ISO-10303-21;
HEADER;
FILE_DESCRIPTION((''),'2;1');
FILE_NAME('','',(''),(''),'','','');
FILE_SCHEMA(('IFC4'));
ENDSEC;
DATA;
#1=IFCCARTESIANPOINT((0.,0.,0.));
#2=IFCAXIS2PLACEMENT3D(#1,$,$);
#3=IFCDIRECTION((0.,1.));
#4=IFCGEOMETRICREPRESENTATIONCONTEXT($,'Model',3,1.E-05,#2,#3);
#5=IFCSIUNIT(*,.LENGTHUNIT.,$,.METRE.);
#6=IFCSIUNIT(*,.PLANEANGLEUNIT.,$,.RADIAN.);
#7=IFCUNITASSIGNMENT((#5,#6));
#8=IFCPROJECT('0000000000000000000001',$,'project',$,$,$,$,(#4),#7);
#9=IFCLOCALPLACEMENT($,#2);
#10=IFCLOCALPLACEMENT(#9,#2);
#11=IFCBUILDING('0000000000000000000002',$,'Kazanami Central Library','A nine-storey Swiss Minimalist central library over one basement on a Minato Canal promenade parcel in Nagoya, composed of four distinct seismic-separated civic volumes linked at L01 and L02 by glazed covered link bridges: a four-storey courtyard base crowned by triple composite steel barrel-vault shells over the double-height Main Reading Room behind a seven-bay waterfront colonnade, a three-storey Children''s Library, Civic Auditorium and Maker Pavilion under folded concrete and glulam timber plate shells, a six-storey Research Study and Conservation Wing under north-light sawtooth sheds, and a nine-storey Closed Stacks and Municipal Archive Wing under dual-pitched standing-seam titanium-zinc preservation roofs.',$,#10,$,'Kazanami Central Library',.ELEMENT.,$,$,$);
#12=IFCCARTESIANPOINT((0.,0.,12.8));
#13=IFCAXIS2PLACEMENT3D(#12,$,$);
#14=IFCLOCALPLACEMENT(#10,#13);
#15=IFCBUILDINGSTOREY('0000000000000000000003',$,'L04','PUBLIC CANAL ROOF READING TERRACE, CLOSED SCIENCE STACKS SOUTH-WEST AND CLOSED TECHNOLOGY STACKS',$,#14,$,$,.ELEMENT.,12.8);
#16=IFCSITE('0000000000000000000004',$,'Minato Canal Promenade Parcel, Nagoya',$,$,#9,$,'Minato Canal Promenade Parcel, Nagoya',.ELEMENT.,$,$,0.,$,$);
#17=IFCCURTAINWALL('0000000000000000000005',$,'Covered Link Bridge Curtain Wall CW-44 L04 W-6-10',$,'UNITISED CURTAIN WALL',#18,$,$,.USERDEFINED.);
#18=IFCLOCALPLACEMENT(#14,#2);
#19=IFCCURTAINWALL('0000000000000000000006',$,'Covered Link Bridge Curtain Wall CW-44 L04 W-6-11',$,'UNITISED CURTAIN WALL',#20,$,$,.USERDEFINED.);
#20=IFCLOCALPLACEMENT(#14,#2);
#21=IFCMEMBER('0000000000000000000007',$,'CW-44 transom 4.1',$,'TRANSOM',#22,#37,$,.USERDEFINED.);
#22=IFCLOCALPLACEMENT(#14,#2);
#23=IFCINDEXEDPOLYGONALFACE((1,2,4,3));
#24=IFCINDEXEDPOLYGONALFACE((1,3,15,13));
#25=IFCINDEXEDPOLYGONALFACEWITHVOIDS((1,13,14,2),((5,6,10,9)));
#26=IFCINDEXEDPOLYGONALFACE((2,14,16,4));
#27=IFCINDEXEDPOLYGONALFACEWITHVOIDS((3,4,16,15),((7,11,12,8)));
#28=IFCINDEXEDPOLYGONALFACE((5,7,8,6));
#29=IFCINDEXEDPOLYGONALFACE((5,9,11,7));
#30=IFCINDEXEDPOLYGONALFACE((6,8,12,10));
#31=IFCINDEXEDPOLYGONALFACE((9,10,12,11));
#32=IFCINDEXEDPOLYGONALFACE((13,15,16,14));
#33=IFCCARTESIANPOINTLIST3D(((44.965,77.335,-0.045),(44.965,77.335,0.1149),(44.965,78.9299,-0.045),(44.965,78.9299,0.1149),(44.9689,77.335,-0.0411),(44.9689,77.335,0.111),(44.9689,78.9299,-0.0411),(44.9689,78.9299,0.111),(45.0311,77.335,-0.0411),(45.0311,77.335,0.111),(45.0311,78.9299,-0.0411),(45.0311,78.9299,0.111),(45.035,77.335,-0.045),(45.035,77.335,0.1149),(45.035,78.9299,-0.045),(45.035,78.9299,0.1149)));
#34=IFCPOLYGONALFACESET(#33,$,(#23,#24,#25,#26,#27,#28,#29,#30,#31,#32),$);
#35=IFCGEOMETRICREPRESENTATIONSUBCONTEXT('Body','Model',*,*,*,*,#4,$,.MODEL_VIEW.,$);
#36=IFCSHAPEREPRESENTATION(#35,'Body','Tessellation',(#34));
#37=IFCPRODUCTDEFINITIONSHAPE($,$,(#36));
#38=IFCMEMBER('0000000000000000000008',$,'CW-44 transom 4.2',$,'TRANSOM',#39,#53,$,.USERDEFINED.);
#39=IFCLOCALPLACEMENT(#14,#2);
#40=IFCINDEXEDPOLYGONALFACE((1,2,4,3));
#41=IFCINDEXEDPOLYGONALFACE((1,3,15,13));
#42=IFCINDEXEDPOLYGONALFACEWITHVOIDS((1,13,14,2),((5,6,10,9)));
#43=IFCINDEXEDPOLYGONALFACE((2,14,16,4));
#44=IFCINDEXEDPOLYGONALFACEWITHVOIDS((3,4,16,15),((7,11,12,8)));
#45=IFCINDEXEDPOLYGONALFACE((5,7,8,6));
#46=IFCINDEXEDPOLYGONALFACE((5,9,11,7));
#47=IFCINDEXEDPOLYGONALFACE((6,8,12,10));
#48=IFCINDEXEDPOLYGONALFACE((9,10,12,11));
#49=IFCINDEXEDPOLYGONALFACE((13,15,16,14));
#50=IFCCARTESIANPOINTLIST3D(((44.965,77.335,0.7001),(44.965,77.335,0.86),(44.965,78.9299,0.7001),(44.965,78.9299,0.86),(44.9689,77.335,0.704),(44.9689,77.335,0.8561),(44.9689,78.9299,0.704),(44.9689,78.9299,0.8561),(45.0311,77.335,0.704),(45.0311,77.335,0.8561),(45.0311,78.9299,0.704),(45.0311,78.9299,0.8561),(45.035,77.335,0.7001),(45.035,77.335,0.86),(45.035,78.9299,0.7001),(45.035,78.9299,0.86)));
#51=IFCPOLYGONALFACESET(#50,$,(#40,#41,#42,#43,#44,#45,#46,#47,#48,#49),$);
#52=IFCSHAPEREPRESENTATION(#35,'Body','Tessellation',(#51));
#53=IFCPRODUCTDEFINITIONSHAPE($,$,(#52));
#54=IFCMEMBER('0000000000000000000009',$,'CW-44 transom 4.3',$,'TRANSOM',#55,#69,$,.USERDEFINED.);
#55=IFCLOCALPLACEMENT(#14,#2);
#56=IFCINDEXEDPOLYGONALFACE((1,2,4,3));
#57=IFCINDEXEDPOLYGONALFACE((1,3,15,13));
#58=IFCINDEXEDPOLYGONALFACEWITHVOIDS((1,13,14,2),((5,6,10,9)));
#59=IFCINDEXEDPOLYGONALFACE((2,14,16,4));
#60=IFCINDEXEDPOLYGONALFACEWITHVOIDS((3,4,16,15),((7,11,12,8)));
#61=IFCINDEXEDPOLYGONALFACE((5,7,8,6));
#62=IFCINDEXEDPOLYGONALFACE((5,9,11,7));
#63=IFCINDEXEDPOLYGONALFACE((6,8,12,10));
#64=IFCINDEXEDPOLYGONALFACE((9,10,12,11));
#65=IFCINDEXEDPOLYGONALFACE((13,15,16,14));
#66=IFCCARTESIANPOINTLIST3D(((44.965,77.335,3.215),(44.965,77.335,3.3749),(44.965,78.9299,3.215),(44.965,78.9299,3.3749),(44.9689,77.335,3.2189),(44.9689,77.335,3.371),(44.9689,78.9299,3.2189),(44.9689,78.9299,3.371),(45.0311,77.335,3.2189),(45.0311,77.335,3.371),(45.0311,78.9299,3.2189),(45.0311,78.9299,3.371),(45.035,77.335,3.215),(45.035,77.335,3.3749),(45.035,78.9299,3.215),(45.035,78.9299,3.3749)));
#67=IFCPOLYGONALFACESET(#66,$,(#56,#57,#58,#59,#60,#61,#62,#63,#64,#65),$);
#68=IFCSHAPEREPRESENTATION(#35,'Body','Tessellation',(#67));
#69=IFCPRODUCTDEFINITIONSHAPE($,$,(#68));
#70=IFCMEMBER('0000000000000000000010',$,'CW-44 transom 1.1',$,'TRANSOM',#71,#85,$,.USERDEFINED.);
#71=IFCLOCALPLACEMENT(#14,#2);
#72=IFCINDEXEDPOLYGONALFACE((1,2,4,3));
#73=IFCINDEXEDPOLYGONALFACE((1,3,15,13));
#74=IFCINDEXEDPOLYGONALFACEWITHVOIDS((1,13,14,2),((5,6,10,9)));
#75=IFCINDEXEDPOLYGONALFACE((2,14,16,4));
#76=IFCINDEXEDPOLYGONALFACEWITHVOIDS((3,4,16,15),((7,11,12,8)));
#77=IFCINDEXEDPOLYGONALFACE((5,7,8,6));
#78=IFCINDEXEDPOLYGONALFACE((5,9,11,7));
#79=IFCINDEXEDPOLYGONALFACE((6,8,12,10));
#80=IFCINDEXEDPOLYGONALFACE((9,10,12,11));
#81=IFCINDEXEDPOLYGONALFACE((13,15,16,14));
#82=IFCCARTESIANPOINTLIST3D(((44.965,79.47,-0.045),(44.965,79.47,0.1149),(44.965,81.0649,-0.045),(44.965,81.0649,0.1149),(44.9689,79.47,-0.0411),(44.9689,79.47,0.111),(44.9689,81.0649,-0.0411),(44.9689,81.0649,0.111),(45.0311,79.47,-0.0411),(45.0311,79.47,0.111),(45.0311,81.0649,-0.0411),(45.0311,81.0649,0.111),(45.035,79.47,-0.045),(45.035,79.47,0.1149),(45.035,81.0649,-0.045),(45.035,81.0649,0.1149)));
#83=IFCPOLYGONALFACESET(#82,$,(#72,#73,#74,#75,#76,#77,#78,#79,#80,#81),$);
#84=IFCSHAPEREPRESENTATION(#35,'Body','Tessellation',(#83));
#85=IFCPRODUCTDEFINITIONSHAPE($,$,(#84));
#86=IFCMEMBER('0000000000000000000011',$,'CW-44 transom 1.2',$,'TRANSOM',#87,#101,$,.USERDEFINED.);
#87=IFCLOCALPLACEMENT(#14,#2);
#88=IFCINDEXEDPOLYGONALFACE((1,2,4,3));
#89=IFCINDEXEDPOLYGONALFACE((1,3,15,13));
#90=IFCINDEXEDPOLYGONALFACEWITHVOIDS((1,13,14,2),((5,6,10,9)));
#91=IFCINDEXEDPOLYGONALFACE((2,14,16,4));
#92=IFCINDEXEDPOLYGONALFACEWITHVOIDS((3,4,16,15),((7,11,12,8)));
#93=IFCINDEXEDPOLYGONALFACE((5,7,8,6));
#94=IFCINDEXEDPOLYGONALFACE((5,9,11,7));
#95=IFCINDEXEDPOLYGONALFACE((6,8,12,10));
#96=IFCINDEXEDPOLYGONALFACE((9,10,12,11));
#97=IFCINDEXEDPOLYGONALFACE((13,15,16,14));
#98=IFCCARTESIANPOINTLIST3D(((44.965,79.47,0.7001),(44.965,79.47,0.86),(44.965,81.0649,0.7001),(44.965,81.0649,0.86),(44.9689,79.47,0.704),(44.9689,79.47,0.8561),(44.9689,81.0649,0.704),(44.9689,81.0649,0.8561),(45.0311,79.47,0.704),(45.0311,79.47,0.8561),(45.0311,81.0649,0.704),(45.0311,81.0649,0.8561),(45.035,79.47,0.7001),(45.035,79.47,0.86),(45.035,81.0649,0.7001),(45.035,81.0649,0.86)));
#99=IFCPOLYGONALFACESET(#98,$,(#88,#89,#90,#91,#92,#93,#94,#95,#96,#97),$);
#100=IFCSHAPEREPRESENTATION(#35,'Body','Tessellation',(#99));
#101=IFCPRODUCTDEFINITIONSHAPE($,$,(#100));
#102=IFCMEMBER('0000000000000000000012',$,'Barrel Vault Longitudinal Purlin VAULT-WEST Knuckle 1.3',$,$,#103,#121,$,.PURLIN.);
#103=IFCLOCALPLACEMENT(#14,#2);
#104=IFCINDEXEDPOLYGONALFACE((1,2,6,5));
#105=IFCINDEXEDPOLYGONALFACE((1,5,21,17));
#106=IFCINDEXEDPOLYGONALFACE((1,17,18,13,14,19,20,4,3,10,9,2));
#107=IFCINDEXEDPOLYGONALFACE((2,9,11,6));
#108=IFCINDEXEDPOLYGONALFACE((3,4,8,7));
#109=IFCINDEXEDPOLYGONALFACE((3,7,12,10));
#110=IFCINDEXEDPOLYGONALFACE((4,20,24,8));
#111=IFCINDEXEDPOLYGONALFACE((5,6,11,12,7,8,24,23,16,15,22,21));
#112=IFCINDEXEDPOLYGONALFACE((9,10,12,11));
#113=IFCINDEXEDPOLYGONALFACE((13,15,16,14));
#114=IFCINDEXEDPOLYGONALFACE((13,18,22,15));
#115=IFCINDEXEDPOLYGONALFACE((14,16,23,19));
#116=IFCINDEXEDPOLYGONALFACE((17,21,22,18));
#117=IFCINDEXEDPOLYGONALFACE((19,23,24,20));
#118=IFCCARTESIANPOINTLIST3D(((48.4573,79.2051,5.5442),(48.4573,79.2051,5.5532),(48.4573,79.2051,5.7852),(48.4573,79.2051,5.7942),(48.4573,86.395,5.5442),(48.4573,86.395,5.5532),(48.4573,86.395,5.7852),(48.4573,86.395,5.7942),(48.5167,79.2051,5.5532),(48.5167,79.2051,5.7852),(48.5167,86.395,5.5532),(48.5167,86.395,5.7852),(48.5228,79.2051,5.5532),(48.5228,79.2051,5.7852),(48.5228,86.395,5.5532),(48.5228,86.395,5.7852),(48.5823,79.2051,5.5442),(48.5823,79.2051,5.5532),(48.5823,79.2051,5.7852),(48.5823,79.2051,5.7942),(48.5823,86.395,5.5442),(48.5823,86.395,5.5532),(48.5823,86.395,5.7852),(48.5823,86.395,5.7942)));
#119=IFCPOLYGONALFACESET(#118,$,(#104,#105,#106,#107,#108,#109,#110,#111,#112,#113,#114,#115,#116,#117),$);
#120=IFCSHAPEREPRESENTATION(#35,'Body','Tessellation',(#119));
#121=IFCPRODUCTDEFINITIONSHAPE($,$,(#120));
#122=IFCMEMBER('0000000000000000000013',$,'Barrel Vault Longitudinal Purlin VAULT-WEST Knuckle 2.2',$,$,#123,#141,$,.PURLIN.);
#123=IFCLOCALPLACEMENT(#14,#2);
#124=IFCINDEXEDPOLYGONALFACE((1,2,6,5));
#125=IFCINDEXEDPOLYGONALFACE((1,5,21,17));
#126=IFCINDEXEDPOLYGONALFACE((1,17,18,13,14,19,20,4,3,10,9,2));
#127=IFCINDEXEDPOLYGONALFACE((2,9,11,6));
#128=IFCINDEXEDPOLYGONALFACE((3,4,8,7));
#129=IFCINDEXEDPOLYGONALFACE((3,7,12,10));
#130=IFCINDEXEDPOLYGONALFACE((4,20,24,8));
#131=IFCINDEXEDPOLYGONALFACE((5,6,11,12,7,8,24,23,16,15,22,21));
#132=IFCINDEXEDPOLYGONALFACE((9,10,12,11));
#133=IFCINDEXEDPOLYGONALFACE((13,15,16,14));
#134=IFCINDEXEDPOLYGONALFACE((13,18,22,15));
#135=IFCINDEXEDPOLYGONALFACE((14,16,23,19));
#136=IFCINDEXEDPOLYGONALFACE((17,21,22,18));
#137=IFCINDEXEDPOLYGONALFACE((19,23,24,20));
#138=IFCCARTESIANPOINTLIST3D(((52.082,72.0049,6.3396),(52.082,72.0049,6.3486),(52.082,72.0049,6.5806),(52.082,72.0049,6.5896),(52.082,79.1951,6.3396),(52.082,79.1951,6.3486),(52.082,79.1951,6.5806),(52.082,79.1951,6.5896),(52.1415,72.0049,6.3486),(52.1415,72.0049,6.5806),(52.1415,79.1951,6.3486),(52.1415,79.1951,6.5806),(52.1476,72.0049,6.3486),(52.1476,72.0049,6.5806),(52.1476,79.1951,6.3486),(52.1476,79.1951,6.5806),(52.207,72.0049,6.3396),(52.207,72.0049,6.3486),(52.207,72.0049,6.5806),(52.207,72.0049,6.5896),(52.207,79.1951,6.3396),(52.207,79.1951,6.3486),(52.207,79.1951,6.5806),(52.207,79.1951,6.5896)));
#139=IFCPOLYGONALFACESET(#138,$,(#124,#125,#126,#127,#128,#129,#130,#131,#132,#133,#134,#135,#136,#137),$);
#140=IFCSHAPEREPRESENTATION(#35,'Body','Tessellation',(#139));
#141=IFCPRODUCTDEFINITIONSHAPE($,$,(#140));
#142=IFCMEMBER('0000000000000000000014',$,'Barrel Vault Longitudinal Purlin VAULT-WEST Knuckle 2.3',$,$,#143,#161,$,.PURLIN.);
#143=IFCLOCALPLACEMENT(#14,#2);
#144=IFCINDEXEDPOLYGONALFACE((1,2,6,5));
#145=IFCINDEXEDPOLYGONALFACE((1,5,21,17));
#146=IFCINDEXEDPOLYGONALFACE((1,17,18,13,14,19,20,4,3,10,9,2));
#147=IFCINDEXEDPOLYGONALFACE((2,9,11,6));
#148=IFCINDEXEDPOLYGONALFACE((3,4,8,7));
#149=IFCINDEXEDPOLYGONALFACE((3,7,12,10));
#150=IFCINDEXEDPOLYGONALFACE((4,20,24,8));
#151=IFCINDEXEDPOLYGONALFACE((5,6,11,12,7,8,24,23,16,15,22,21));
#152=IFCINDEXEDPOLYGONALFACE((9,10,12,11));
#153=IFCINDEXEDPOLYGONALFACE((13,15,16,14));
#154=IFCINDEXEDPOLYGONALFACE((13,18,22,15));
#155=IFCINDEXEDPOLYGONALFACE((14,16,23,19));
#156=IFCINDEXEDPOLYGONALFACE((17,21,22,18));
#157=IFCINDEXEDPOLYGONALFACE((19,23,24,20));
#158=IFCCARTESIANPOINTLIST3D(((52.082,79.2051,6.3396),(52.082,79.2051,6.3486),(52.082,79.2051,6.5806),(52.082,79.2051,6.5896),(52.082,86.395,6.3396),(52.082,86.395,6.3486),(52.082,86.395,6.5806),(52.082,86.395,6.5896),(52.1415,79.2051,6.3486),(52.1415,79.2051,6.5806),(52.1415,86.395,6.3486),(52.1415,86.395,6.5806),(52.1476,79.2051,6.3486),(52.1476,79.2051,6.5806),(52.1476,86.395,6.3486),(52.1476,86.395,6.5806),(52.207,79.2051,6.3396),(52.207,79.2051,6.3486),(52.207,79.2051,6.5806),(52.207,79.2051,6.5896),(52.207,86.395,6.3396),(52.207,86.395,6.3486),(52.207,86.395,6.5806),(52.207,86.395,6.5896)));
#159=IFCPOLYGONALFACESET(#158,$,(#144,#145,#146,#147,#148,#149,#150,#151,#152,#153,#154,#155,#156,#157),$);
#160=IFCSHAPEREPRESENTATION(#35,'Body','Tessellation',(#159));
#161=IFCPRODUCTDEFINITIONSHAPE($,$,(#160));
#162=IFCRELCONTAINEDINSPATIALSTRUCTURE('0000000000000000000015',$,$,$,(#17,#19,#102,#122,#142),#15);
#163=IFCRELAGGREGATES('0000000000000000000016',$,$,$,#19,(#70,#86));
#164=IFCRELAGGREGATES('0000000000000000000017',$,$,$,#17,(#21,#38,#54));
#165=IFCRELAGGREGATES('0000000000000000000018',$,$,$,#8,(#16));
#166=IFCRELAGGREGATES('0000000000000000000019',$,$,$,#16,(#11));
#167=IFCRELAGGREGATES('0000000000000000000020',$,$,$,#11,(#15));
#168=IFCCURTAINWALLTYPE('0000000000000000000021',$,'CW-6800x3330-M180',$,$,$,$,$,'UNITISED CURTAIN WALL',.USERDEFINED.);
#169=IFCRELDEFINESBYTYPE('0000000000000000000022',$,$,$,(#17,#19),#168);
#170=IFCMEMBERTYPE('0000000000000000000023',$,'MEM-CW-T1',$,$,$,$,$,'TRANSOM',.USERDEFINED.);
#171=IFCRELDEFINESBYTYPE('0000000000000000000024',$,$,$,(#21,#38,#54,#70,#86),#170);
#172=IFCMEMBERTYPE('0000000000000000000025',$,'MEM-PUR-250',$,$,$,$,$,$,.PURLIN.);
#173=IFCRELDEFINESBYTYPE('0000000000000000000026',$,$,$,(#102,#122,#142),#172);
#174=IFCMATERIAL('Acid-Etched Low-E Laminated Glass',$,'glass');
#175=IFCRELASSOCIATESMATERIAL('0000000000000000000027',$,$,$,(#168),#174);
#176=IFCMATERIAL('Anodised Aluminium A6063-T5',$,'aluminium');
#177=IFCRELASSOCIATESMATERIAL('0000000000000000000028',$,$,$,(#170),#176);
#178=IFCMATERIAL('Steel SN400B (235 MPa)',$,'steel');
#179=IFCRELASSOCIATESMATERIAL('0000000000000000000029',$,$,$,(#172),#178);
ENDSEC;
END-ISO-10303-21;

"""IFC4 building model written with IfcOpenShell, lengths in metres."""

from ifc_helpers import new_model, si_unit, direction, frame, origin, origin_2d, place, context, subcontext, project, spatial, hollow_rectangle, i_section, extrude, material, material_profile, profile_set, type_object, element, aggregate, save


model = new_model("IFC4")

# Units and contexts
model_context = context("Model", 3, precision=1e-05, world=origin(), true_north=direction((0.0, 1.0)))
body_context = subcontext(model_context, "Body", "Model", "MODEL_VIEW")
ifc_project = project(units=[si_unit("LENGTHUNIT", "METRE"), si_unit("PLANEANGLEUNIT", "RADIAN")], contexts=[model_context])

# Site, building, storey
site_placement = place(None, origin())
site = spatial("IfcSite", under=ifc_project, at=site_placement, Name="Minato Canal Promenade Parcel, Nagoya", LongName="Minato Canal Promenade Parcel, Nagoya", CompositionType="ELEMENT", RefElevation=0.0)
building_placement = place(site_placement, origin())
building = spatial("IfcBuilding", under=site, at=building_placement, Name="Kazanami Central Library", Description="A nine-storey Swiss Minimalist central library over one basement on a Minato Canal promenade parcel in Nagoya, composed of four distinct seismic-separated civic volumes linked at L01 and L02 by glazed covered link bridges: a four-storey courtyard base crowned by triple composite steel barrel-vault shells over the double-height Main Reading Room behind a seven-bay waterfront colonnade, a three-storey Children's Library, Civic Auditorium and Maker Pavilion under folded concrete and glulam timber plate shells, a six-storey Research Study and Conservation Wing under north-light sawtooth sheds, and a nine-storey Closed Stacks and Municipal Archive Wing under dual-pitched standing-seam titanium-zinc preservation roofs.", LongName="Kazanami Central Library", CompositionType="ELEMENT")
storey_placement = place(building_placement, frame((0.0, 0.0, 12.8)))
storey = spatial("IfcBuildingStorey", under=building, at=storey_placement, Name="L04", Description="PUBLIC CANAL ROOF READING TERRACE, CLOSED SCIENCE STACKS SOUTH-WEST AND CLOSED TECHNOLOGY STACKS", CompositionType="ELEMENT", Elevation=12.8)

# Curtain wall
ifc_material_1 = material(Name="Acid-Etched Low-E Laminated Glass", Category="glass")
curtain_wall_type = type_object("IfcCurtainWallType", Name="CW-6800x3330-M180", ElementType="UNITISED CURTAIN WALL", PredefinedType="USERDEFINED", material=ifc_material_1)
curtain_wall_1_placement = place(storey_placement, origin())
curtain_wall_1 = element("IfcCurtainWall", 1, at=curtain_wall_1_placement, inside=storey, type_object=curtain_wall_type, Name="Covered Link Bridge Curtain Wall CW-44 L04 W-6-10", ObjectType="UNITISED CURTAIN WALL", PredefinedType="USERDEFINED")
ifc_material_2 = material(Name="Anodised Aluminium A6063-T5", Category="aluminium")

# Curtain wall
curtain_wall_2_placement = place(storey_placement, origin())
curtain_wall_2 = element("IfcCurtainWall", 2, at=curtain_wall_2_placement, inside=storey, type_object=curtain_wall_type, Name="Covered Link Bridge Curtain Wall CW-44 L04 W-6-11", ObjectType="UNITISED CURTAIN WALL", PredefinedType="USERDEFINED")

# Members
ifc_material_profile_1 = material_profile(ifc_material_2, hollow_rectangle(XDim=0.0701, YDim=0.1599, WallThickness=0.0039, at=origin_2d()), Name="ALU-TRAN-70x160x4")
ifc_profile_set_1 = profile_set([ifc_material_profile_1], Name="Anodised Aluminium A6063-T5")
member_type_1 = type_object("IfcMemberType", Name="MEM-CW-T1", ElementType="TRANSOM", PredefinedType="USERDEFINED", material=ifc_profile_set_1)
member_1_placement = place(storey_placement, frame((45.0, 77.335, 0.0349), z_axis=(0.0, 1.0, 0.0), x_axis=(-1.0, 0.0, 0.0)))
member_1 = element("IfcMember", 3, at=member_1_placement, type_object=member_type_1, Name="CW-44 transom 4.1", ObjectType="TRANSOM", PredefinedType="USERDEFINED", context=body_context, shape_type="SweptSolid", body=[
    extrude(hollow_rectangle(XDim=0.0701, YDim=0.1599, WallThickness=0.0039, at=origin_2d()), origin(), (0.0, 0.0, 1.0), 1.595),
])
member_2_placement = place(storey_placement, frame((45.0, 77.335, 0.78), z_axis=(0.0, 1.0, 0.0), x_axis=(-1.0, 0.0, 0.0)))
member_2 = element("IfcMember", 4, at=member_2_placement, type_object=member_type_1, Name="CW-44 transom 4.2", ObjectType="TRANSOM", PredefinedType="USERDEFINED", context=body_context, shape_type="SweptSolid", body=[
    extrude(hollow_rectangle(XDim=0.0701, YDim=0.1599, WallThickness=0.0039, at=origin_2d()), origin(), (0.0, 0.0, 1.0), 1.595),
])
member_3_placement = place(storey_placement, frame((45.0, 77.335, 3.2949), z_axis=(0.0, 1.0, 0.0), x_axis=(-1.0, 0.0, 0.0)))
member_3 = element("IfcMember", 5, at=member_3_placement, type_object=member_type_1, Name="CW-44 transom 4.3", ObjectType="TRANSOM", PredefinedType="USERDEFINED", context=body_context, shape_type="SweptSolid", body=[
    extrude(hollow_rectangle(XDim=0.0701, YDim=0.1599, WallThickness=0.0039, at=origin_2d()), origin(), (0.0, 0.0, 1.0), 1.595),
])
member_4_placement = place(storey_placement, frame((45.0, 79.47, 0.0349), z_axis=(0.0, 1.0, 0.0), x_axis=(-1.0, 0.0, 0.0)))
member_4 = element("IfcMember", 6, at=member_4_placement, type_object=member_type_1, Name="CW-44 transom 1.1", ObjectType="TRANSOM", PredefinedType="USERDEFINED", context=body_context, shape_type="SweptSolid", body=[
    extrude(hollow_rectangle(XDim=0.0701, YDim=0.1599, WallThickness=0.0039, at=origin_2d()), origin(), (0.0, 0.0, 1.0), 1.595),
])
member_5_placement = place(storey_placement, frame((45.0, 79.47, 0.78), z_axis=(0.0, 1.0, 0.0), x_axis=(-1.0, 0.0, 0.0)))
member_5 = element("IfcMember", 7, at=member_5_placement, type_object=member_type_1, Name="CW-44 transom 1.2", ObjectType="TRANSOM", PredefinedType="USERDEFINED", context=body_context, shape_type="SweptSolid", body=[
    extrude(hollow_rectangle(XDim=0.0701, YDim=0.1599, WallThickness=0.0039, at=origin_2d()), origin(), (0.0, 0.0, 1.0), 1.595),
])
aggregate(curtain_wall_2, [member_4, member_5])

# Members
ifc_material_3 = material(Name="Steel SN400B (235 MPa)", Category="steel")
ifc_material_profile_2 = material_profile(ifc_material_3, i_section(OverallWidth=0.125, OverallDepth=0.25, WebThickness=0.0061, FlangeThickness=0.009, at=origin_2d()), Name="H-250x125x6x9")
ifc_profile_set_2 = profile_set([ifc_material_profile_2], Name="Steel SN400B (235 MPa)")
member_type_2 = type_object("IfcMemberType", Name="MEM-PUR-250", PredefinedType="PURLIN", material=ifc_profile_set_2)
member_6_placement = place(storey_placement, frame((48.5198, 79.2051, 5.6692), z_axis=(0.0, 1.0, 0.0), x_axis=(-1.0, 0.0, 0.0)))
element("IfcMember", 8, at=member_6_placement, inside=storey, type_object=member_type_2, Name="Barrel Vault Longitudinal Purlin VAULT-WEST Knuckle 1.3", PredefinedType="PURLIN", context=body_context, shape_type="SweptSolid", body=[
    extrude(i_section(OverallWidth=0.125, OverallDepth=0.25, WebThickness=0.0061, FlangeThickness=0.009, at=origin_2d()), origin(), (0.0, 0.0, 1.0), 7.1899),
])
member_7_placement = place(storey_placement, frame((52.1445, 72.0049, 6.4646), z_axis=(0.0, 1.0, 0.0), x_axis=(-1.0, 0.0, 0.0)))
element("IfcMember", 9, at=member_7_placement, inside=storey, type_object=member_type_2, Name="Barrel Vault Longitudinal Purlin VAULT-WEST Knuckle 2.2", PredefinedType="PURLIN", context=body_context, shape_type="SweptSolid", body=[
    extrude(i_section(OverallWidth=0.125, OverallDepth=0.25, WebThickness=0.0061, FlangeThickness=0.009, at=origin_2d()), origin(), (0.0, 0.0, 1.0), 7.1902),
])
member_8_placement = place(storey_placement, frame((52.1445, 79.2051, 6.4646), z_axis=(0.0, 1.0, 0.0), x_axis=(-1.0, 0.0, 0.0)))
element("IfcMember", 10, at=member_8_placement, inside=storey, type_object=member_type_2, Name="Barrel Vault Longitudinal Purlin VAULT-WEST Knuckle 2.3", PredefinedType="PURLIN", context=body_context, shape_type="SweptSolid", body=[
    extrude(i_section(OverallWidth=0.125, OverallDepth=0.25, WebThickness=0.0061, FlangeThickness=0.009, at=origin_2d()), origin(), (0.0, 0.0, 1.0), 7.1899),
])

aggregate(curtain_wall_1, [member_1, member_2, member_3])

save(model, "model.ifc")
